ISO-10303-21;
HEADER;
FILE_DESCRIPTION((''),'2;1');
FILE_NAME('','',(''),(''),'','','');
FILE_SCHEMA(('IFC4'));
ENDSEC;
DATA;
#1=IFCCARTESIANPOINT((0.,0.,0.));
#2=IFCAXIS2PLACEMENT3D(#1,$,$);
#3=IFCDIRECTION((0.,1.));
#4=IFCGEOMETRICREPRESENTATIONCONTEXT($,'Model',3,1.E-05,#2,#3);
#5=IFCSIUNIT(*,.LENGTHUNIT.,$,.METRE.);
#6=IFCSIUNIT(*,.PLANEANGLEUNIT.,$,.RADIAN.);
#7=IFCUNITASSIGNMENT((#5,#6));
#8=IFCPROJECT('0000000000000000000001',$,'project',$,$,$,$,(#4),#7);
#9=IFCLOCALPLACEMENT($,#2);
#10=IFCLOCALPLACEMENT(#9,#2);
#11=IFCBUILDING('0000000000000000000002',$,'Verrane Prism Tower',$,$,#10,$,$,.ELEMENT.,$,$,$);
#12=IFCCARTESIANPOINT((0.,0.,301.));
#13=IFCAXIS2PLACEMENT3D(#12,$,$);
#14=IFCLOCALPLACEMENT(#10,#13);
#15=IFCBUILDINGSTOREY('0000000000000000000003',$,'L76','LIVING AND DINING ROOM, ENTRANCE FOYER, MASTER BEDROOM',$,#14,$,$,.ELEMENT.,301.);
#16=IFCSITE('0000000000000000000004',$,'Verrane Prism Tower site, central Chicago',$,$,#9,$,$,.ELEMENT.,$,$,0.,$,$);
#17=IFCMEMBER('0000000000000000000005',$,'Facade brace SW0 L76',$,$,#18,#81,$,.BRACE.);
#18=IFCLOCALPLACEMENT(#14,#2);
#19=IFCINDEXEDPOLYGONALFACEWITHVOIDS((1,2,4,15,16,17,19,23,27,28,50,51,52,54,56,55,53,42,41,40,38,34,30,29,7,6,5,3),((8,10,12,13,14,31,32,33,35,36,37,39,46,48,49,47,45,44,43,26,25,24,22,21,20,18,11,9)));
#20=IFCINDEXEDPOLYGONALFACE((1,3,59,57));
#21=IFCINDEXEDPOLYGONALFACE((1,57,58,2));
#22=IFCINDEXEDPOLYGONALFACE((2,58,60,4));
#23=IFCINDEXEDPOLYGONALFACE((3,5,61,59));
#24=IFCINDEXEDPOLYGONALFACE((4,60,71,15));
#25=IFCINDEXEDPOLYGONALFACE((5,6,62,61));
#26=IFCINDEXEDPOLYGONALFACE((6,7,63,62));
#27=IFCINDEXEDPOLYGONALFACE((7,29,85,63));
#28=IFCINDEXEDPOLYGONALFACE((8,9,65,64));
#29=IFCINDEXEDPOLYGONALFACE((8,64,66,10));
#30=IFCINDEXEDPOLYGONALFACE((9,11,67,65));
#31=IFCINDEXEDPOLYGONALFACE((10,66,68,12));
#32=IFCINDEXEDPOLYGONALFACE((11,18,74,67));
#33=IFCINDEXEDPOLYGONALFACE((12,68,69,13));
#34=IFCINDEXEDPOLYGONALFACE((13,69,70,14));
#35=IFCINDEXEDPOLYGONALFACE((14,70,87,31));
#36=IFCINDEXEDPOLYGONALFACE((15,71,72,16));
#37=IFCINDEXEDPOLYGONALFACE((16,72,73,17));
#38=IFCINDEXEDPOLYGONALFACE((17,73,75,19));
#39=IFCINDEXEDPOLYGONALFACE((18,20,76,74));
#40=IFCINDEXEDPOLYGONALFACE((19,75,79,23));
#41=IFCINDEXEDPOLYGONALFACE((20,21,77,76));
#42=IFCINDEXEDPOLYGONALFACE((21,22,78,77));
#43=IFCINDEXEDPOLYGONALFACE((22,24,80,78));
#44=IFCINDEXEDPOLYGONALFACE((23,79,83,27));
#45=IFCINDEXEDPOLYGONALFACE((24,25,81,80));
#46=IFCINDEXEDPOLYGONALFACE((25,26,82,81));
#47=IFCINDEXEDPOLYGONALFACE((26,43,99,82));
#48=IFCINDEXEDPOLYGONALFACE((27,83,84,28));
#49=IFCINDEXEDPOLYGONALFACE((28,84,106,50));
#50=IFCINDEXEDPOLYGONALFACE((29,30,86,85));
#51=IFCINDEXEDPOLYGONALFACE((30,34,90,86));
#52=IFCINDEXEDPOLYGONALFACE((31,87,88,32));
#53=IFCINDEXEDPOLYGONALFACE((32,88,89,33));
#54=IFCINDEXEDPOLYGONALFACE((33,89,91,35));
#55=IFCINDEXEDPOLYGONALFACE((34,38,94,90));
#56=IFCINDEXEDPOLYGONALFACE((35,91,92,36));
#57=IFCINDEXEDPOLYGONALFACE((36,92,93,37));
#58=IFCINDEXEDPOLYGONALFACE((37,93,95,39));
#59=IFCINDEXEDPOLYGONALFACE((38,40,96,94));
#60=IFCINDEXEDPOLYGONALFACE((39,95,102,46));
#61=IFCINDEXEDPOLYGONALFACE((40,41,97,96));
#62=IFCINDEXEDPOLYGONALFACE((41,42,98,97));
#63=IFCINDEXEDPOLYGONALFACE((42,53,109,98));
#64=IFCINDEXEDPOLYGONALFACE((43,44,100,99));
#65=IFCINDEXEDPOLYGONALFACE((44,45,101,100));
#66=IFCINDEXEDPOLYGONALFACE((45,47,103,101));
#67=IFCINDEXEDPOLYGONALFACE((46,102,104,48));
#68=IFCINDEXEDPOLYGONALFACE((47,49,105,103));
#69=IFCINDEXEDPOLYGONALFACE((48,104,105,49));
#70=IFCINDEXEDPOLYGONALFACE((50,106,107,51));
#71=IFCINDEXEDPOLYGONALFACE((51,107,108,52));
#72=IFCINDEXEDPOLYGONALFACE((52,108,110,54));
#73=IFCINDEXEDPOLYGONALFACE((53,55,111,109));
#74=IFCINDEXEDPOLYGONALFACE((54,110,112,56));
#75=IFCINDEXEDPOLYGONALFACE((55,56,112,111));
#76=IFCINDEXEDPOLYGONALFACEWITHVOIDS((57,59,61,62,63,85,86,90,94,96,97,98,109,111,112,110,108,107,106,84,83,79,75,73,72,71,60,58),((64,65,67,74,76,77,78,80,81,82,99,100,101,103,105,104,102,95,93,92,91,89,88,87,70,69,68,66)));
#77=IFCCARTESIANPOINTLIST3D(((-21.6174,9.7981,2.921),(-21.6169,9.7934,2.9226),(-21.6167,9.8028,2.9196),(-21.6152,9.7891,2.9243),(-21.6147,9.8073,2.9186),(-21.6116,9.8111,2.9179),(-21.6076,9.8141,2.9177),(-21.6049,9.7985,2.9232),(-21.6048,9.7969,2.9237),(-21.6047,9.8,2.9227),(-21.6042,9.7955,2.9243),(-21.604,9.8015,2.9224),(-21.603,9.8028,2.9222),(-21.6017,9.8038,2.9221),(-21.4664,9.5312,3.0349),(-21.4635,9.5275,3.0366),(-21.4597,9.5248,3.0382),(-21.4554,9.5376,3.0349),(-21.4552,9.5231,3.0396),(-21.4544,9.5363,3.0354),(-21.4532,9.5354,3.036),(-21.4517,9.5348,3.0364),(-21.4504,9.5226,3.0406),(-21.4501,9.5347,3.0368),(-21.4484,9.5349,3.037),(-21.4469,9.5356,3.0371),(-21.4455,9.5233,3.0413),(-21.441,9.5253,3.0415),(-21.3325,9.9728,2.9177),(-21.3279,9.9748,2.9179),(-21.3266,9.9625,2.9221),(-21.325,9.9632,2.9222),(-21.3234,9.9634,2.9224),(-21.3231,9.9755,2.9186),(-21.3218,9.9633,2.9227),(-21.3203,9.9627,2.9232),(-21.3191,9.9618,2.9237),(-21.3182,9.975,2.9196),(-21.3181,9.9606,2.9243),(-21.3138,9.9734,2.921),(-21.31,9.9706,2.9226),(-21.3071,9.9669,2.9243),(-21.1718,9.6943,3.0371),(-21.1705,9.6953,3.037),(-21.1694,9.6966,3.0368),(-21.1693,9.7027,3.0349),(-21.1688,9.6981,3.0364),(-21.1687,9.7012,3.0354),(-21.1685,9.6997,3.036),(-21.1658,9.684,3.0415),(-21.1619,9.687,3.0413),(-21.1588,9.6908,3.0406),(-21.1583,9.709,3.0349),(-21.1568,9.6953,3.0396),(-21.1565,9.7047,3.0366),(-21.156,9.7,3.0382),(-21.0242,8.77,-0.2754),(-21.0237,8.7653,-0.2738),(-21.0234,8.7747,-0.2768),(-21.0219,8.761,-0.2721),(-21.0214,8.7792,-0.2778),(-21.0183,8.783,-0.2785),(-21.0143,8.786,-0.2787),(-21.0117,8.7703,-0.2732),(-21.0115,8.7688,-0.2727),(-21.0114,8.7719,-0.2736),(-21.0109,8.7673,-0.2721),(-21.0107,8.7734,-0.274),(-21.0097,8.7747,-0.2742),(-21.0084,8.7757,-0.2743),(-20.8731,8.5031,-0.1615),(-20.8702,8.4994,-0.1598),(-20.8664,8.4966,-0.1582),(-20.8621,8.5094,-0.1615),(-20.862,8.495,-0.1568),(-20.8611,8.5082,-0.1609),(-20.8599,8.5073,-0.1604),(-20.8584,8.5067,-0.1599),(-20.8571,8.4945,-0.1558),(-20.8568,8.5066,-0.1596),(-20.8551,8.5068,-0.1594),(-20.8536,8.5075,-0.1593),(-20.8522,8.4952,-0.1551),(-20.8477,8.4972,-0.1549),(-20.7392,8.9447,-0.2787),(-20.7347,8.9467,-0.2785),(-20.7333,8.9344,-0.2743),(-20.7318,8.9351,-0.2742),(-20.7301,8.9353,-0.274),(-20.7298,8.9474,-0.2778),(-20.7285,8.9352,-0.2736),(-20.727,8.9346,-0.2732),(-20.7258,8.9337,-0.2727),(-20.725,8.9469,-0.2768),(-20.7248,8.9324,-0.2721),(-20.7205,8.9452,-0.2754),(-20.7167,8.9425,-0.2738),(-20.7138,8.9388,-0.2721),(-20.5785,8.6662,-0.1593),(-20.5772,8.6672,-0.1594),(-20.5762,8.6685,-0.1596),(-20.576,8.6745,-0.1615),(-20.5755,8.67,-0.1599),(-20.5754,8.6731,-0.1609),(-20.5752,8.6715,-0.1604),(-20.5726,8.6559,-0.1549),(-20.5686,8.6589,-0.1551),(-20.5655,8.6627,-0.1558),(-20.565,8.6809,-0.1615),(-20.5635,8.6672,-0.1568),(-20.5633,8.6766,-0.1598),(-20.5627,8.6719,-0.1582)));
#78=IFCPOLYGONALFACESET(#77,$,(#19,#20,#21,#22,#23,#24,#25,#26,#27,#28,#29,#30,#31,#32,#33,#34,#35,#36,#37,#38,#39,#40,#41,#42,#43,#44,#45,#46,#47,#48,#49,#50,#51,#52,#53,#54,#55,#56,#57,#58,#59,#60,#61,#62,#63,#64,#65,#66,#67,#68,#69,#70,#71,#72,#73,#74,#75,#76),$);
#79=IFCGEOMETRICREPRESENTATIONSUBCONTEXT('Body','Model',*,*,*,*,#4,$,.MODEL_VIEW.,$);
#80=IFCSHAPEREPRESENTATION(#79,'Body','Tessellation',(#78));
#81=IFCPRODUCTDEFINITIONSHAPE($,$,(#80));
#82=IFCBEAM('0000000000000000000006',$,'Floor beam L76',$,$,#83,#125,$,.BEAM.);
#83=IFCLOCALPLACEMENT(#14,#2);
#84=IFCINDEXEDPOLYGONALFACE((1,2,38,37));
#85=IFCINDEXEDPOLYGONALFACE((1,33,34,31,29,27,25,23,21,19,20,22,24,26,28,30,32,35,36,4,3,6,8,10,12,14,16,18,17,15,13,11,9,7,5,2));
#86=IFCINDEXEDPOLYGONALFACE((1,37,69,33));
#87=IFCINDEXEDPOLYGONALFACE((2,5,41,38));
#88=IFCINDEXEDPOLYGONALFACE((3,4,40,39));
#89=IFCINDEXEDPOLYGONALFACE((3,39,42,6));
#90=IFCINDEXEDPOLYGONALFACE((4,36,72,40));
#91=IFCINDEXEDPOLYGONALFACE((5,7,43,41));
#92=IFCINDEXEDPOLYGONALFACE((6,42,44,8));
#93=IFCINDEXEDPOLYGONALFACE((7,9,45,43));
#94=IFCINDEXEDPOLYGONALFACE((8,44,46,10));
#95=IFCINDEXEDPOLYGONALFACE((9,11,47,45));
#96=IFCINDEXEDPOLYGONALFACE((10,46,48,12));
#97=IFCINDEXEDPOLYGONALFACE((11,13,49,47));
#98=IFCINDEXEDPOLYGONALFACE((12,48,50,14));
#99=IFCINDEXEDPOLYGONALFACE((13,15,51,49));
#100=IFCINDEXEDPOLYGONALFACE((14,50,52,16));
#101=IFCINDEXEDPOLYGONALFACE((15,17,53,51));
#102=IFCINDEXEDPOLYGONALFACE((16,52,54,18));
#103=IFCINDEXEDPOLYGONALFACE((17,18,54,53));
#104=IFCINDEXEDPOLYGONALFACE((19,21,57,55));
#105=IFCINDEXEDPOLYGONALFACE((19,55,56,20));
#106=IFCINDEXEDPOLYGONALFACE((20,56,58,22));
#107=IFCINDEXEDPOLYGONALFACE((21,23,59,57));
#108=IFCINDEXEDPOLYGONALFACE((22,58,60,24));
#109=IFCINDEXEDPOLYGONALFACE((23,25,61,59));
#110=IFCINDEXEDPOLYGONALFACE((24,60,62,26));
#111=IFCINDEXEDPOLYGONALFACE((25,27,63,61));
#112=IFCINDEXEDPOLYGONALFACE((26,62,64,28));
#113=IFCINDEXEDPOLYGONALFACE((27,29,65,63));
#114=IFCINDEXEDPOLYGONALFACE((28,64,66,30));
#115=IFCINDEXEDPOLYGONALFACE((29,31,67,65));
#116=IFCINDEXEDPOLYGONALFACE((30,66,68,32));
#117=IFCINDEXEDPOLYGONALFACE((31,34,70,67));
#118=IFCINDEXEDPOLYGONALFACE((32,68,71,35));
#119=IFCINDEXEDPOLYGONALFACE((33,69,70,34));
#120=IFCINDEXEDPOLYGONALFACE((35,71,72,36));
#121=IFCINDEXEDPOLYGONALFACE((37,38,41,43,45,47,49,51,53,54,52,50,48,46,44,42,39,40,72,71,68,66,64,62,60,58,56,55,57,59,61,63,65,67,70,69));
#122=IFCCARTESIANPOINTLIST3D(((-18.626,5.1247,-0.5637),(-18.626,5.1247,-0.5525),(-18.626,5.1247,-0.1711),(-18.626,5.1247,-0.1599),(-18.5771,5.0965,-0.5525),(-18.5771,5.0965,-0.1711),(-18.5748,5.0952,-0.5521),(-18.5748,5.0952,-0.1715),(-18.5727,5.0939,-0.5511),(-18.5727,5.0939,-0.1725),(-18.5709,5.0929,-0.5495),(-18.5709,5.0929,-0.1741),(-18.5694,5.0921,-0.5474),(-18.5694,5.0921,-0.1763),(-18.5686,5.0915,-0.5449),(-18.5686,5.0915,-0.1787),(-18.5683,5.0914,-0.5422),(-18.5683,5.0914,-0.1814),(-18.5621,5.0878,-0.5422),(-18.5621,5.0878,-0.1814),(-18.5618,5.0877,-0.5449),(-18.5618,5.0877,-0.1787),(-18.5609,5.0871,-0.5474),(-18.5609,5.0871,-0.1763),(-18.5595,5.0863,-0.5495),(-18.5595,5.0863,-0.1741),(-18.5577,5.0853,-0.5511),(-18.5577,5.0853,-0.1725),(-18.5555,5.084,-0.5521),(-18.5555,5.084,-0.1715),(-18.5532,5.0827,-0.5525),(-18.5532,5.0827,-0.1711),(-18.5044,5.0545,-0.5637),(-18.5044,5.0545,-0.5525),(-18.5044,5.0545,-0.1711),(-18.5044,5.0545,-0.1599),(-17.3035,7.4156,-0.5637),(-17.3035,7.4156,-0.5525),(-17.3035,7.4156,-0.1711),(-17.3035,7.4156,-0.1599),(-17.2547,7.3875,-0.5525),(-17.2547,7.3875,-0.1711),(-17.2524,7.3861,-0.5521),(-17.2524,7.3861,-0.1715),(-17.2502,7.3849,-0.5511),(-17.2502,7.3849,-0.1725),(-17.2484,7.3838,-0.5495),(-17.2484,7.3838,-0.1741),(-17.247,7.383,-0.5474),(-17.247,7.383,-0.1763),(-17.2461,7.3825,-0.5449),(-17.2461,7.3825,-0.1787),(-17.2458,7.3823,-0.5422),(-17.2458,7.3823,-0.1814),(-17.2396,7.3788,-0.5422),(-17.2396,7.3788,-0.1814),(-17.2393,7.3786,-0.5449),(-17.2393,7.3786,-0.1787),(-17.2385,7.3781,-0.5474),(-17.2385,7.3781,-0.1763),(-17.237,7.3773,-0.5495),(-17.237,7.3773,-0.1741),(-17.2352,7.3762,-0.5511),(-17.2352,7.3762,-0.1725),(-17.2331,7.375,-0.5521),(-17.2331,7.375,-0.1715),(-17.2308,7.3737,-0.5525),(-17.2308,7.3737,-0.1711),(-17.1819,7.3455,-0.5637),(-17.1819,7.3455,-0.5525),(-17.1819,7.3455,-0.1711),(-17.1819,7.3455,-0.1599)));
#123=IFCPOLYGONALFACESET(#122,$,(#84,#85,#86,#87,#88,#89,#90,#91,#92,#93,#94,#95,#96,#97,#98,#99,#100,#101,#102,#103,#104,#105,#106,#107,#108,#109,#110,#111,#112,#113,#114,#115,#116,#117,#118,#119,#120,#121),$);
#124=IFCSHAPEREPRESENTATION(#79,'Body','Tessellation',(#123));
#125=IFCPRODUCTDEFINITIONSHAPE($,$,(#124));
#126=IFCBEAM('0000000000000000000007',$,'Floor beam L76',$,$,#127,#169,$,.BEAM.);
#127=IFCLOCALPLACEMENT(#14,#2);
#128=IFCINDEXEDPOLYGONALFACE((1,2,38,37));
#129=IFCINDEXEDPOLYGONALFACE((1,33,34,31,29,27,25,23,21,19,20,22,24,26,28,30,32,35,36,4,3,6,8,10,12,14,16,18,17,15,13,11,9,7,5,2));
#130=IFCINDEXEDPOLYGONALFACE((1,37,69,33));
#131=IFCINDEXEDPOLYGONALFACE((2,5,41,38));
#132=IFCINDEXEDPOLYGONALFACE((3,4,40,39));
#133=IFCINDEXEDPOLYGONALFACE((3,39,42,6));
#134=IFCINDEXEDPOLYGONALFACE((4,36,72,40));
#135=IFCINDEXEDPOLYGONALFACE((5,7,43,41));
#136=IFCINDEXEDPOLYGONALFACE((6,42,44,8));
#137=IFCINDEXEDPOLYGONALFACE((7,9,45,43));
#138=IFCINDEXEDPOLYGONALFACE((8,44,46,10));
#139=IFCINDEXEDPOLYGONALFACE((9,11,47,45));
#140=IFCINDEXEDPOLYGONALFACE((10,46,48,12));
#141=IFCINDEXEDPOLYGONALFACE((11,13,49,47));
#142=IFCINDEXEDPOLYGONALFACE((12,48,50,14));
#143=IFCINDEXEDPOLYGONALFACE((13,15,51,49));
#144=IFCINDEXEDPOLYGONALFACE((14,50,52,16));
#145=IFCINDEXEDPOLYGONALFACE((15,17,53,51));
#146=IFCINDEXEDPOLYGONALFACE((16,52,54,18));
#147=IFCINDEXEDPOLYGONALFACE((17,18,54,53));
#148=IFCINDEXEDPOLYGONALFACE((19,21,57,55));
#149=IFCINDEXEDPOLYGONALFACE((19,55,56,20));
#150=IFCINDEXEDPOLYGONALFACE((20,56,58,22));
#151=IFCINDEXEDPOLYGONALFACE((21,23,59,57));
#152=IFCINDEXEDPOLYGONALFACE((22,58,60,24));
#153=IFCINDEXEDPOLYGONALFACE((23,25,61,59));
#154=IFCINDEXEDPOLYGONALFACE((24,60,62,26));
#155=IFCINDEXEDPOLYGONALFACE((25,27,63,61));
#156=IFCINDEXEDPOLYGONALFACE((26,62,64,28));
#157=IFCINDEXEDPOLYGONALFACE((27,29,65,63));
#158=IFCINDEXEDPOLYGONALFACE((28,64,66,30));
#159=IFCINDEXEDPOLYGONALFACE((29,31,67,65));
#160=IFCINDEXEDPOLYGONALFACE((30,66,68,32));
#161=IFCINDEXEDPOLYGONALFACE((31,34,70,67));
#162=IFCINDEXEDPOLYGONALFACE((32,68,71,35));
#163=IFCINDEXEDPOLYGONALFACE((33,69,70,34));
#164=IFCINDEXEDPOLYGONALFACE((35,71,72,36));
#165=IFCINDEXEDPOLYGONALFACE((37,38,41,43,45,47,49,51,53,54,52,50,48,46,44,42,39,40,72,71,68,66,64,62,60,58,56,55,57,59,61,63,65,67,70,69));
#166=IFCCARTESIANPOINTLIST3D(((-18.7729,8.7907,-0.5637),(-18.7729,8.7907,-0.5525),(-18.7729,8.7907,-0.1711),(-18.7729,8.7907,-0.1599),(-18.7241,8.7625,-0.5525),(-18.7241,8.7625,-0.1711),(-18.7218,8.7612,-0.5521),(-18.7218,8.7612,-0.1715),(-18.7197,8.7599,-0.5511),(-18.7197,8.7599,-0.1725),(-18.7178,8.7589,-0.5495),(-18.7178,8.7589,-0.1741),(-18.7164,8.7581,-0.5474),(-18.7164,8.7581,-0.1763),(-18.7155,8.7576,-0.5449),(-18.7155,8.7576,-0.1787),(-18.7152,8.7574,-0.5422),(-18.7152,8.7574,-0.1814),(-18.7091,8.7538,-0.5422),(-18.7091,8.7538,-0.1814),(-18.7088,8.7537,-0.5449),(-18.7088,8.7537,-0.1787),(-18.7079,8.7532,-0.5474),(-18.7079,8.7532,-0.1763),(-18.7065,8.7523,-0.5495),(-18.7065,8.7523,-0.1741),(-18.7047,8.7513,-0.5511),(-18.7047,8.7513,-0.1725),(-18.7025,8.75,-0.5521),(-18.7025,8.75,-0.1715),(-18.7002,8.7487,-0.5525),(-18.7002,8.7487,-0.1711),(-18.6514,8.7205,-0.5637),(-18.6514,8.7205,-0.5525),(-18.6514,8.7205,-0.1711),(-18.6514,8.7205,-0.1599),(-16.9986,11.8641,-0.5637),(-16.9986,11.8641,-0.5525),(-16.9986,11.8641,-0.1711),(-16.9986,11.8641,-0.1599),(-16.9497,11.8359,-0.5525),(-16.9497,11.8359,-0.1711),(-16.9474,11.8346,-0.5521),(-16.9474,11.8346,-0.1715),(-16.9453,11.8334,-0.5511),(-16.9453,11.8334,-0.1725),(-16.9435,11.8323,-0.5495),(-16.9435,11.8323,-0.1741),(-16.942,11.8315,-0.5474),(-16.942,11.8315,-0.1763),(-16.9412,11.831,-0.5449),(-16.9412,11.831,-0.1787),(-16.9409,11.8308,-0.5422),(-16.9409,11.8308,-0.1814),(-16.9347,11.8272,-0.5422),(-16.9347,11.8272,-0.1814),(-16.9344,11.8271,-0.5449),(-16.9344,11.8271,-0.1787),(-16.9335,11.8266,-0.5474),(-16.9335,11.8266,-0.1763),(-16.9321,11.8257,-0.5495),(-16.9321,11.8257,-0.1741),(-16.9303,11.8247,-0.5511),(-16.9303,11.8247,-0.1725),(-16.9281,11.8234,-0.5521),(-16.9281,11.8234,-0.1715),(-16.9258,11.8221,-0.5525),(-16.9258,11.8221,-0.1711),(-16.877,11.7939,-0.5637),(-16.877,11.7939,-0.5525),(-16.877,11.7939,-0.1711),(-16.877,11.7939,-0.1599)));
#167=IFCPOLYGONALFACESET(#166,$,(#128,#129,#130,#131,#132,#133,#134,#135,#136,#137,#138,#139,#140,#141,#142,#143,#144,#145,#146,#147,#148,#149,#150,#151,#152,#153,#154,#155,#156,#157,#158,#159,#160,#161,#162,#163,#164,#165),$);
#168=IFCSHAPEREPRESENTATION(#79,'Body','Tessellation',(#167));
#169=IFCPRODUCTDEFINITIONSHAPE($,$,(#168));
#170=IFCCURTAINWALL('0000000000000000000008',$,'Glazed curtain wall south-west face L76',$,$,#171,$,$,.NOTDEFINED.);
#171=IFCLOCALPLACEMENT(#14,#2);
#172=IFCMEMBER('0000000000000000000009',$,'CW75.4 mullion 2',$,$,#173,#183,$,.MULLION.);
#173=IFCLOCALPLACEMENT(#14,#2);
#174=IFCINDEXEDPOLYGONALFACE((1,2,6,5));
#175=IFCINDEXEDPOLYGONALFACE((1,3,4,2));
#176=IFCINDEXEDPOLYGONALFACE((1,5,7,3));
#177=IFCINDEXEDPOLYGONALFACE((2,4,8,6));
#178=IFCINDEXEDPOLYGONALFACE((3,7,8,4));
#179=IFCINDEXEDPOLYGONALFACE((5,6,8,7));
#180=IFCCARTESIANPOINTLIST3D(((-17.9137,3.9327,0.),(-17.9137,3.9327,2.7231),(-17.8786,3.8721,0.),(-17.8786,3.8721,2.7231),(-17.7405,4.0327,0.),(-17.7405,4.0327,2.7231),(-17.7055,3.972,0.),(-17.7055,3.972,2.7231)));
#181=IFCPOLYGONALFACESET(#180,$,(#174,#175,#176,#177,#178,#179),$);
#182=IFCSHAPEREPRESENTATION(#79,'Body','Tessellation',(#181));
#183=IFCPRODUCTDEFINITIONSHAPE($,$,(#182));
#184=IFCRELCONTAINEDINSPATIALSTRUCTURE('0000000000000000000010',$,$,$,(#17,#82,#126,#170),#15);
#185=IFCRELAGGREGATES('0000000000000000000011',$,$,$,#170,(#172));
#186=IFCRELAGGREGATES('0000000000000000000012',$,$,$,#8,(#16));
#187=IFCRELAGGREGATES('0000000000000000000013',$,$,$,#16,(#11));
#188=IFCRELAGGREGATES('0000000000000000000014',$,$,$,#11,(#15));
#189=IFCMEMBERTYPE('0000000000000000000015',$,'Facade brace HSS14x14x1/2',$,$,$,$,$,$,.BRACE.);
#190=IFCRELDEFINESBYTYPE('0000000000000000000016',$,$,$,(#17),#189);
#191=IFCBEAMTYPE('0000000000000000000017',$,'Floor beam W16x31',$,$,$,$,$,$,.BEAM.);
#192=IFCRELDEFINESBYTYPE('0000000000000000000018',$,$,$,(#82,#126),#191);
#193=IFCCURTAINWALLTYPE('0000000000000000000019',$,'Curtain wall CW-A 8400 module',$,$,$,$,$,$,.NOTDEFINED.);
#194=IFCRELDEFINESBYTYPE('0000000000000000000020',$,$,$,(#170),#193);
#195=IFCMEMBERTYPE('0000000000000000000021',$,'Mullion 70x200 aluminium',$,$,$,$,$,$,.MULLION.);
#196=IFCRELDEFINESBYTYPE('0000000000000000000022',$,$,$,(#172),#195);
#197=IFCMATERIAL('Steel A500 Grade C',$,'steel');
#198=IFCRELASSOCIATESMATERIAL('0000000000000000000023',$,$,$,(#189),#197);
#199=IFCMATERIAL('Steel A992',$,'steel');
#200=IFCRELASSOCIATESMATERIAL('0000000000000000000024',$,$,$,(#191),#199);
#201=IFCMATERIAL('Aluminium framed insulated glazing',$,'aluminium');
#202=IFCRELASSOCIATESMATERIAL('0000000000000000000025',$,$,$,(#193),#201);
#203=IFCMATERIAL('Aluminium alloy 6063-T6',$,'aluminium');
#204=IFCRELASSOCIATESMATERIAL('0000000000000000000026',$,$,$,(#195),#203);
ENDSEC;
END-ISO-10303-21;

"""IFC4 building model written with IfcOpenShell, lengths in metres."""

from ifc_helpers import new_model, si_unit, direction, frame, origin, origin_2d, place, context, subcontext, project, spatial, rectangle, hollow_rectangle, i_section, extrude, material, material_profile, profile_set, type_object, element, aggregate, save


model = new_model("IFC4")

# Units and contexts
model_context = context("Model", 3, precision=1e-05, world=origin(), true_north=direction((0.0, 1.0)))
body_context = subcontext(model_context, "Body", "Model", "MODEL_VIEW")
ifc_project = project(units=[si_unit("LENGTHUNIT", "METRE"), si_unit("PLANEANGLEUNIT", "RADIAN")], contexts=[model_context])

# Site, building, storey
site_placement = place(None, origin())
site = spatial("IfcSite", under=ifc_project, at=site_placement, Name="Verrane Prism Tower site, central Chicago", CompositionType="ELEMENT", RefElevation=0.0)
building_placement = place(site_placement, origin())
building = spatial("IfcBuilding", under=site, at=building_placement, Name="Verrane Prism Tower", CompositionType="ELEMENT")
storey_placement = place(building_placement, frame((0.0, 0.0, 301.0)))
storey = spatial("IfcBuildingStorey", under=building, at=storey_placement, Name="L76", Description="LIVING AND DINING ROOM, ENTRANCE FOYER, MASTER BEDROOM", CompositionType="ELEMENT", Elevation=301.0)

# Member
ifc_material_1 = material(Name="Steel A500 Grade C", Category="steel")
ifc_material_profile_1 = material_profile(ifc_material_1, hollow_rectangle(XDim=0.3557, YDim=0.3557, WallThickness=0.0127, InnerFilletRadius=0.0063, OuterFilletRadius=0.019, at=origin_2d()), Name="HSS14x14x1/2")
ifc_profile_set_1 = profile_set([ifc_material_profile_1], Name="Steel A500 Grade C")
member_type_1 = type_object("IfcMemberType", Name="Facade brace HSS14x14x1/2", PredefinedType="BRACE", material=ifc_profile_set_1)
member_1_placement = place(storey_placement, frame((-20.7935, 8.7209, -0.2168), z_axis=(-0.173999, 0.301527, 0.937447), x_axis=(-0.866134, -0.499811, 0.0)))
element("IfcMember", 1, at=member_1_placement, inside=storey, type_object=member_type_1, Name="Facade brace SW0 L76", PredefinedType="BRACE", context=body_context, shape_type="SweptSolid", body=[
    extrude(hollow_rectangle(XDim=0.3557, YDim=0.3557, WallThickness=0.0127, InnerFilletRadius=0.0063, OuterFilletRadius=0.019, at=origin_2d()), origin(), (0.0, 0.0, 1.0), 3.4097),
])

# Beams
ifc_material_2 = material(Name="Steel A992", Category="steel")
ifc_material_profile_2 = material_profile(ifc_material_2, i_section(OverallWidth=0.1404, OverallDepth=0.4038, WebThickness=0.0071, FlangeThickness=0.0112, FilletRadius=0.0103, at=origin_2d()), Name="W16x31")
ifc_profile_set_2 = profile_set([ifc_material_profile_2], Name="Steel A992")
beam_type_1 = type_object("IfcBeamType", Name="Floor beam W16x31", PredefinedType="BEAM", material=ifc_profile_set_2)
beam_1_placement = place(storey_placement, frame((-18.5652, 5.0896, -0.3618), z_axis=(0.499941, 0.86606, 0.0), x_axis=(-0.86606, 0.499941, 0.0)))
element("IfcBeam", 2, at=beam_1_placement, inside=storey, type_object=beam_type_1, Name="Floor beam L76", PredefinedType="BEAM", context=body_context, shape_type="SweptSolid", body=[
    extrude(i_section(OverallWidth=0.1404, OverallDepth=0.4038, WebThickness=0.0071, FlangeThickness=0.0112, FilletRadius=0.0103, at=origin_2d()), origin(), (0.0, 0.0, 1.0), 2.6453),
])
beam_2_placement = place(storey_placement, frame((-18.7122, 8.7556, -0.3618), z_axis=(0.499986, 0.866033, 0.0), x_axis=(-0.866033, 0.499986, 0.0)))
element("IfcBeam", 3, at=beam_2_placement, inside=storey, type_object=beam_type_1, Name="Floor beam L76", PredefinedType="BEAM", context=body_context, shape_type="SweptSolid", body=[
    extrude(i_section(OverallWidth=0.1404, OverallDepth=0.4038, WebThickness=0.0071, FlangeThickness=0.0112, FilletRadius=0.0103, at=origin_2d()), origin(), (0.0, 0.0, 1.0), 3.5488),
])

# Curtain wall, member
ifc_material_3 = material(Name="Aluminium framed insulated glazing", Category="aluminium")
curtain_wall_type = type_object("IfcCurtainWallType", Name="Curtain wall CW-A 8400 module", PredefinedType="NOTDEFINED", material=ifc_material_3)
curtain_wall_placement = place(storey_placement, origin())
curtain_wall = element("IfcCurtainWall", 4, at=curtain_wall_placement, inside=storey, type_object=curtain_wall_type, Name="Glazed curtain wall south-west face L76", PredefinedType="NOTDEFINED")
ifc_material_4 = material(Name="Aluminium alloy 6063-T6", Category="aluminium")
ifc_material_profile_3 = material_profile(ifc_material_4, rectangle(XDim=0.2, YDim=0.0701, at=origin_2d()), Name="Mullion 70x200 aluminium")
ifc_profile_set_3 = profile_set([ifc_material_profile_3], Name="Aluminium alloy 6063-T6")
member_type_2 = type_object("IfcMemberType", Name="Mullion 70x200 aluminium", PredefinedType="MULLION", material=ifc_profile_set_3)
member_2_placement = place(storey_placement, frame((-17.8096, 3.9524, 0.0), z_axis=(0.0, 0.0, 1.0), x_axis=(0.866025, 0.500001, 0.0)))
member_2 = element("IfcMember", 5, at=member_2_placement, type_object=member_type_2, Name="CW75.4 mullion 2", PredefinedType="MULLION", context=body_context, shape_type="SweptSolid", body=[
    extrude(rectangle(XDim=0.2, YDim=0.0701, at=origin_2d()), origin(), (0.0, 0.0, 1.0), 2.7231),
])

aggregate(curtain_wall, [member_2])

save(model, "model.ifc")
